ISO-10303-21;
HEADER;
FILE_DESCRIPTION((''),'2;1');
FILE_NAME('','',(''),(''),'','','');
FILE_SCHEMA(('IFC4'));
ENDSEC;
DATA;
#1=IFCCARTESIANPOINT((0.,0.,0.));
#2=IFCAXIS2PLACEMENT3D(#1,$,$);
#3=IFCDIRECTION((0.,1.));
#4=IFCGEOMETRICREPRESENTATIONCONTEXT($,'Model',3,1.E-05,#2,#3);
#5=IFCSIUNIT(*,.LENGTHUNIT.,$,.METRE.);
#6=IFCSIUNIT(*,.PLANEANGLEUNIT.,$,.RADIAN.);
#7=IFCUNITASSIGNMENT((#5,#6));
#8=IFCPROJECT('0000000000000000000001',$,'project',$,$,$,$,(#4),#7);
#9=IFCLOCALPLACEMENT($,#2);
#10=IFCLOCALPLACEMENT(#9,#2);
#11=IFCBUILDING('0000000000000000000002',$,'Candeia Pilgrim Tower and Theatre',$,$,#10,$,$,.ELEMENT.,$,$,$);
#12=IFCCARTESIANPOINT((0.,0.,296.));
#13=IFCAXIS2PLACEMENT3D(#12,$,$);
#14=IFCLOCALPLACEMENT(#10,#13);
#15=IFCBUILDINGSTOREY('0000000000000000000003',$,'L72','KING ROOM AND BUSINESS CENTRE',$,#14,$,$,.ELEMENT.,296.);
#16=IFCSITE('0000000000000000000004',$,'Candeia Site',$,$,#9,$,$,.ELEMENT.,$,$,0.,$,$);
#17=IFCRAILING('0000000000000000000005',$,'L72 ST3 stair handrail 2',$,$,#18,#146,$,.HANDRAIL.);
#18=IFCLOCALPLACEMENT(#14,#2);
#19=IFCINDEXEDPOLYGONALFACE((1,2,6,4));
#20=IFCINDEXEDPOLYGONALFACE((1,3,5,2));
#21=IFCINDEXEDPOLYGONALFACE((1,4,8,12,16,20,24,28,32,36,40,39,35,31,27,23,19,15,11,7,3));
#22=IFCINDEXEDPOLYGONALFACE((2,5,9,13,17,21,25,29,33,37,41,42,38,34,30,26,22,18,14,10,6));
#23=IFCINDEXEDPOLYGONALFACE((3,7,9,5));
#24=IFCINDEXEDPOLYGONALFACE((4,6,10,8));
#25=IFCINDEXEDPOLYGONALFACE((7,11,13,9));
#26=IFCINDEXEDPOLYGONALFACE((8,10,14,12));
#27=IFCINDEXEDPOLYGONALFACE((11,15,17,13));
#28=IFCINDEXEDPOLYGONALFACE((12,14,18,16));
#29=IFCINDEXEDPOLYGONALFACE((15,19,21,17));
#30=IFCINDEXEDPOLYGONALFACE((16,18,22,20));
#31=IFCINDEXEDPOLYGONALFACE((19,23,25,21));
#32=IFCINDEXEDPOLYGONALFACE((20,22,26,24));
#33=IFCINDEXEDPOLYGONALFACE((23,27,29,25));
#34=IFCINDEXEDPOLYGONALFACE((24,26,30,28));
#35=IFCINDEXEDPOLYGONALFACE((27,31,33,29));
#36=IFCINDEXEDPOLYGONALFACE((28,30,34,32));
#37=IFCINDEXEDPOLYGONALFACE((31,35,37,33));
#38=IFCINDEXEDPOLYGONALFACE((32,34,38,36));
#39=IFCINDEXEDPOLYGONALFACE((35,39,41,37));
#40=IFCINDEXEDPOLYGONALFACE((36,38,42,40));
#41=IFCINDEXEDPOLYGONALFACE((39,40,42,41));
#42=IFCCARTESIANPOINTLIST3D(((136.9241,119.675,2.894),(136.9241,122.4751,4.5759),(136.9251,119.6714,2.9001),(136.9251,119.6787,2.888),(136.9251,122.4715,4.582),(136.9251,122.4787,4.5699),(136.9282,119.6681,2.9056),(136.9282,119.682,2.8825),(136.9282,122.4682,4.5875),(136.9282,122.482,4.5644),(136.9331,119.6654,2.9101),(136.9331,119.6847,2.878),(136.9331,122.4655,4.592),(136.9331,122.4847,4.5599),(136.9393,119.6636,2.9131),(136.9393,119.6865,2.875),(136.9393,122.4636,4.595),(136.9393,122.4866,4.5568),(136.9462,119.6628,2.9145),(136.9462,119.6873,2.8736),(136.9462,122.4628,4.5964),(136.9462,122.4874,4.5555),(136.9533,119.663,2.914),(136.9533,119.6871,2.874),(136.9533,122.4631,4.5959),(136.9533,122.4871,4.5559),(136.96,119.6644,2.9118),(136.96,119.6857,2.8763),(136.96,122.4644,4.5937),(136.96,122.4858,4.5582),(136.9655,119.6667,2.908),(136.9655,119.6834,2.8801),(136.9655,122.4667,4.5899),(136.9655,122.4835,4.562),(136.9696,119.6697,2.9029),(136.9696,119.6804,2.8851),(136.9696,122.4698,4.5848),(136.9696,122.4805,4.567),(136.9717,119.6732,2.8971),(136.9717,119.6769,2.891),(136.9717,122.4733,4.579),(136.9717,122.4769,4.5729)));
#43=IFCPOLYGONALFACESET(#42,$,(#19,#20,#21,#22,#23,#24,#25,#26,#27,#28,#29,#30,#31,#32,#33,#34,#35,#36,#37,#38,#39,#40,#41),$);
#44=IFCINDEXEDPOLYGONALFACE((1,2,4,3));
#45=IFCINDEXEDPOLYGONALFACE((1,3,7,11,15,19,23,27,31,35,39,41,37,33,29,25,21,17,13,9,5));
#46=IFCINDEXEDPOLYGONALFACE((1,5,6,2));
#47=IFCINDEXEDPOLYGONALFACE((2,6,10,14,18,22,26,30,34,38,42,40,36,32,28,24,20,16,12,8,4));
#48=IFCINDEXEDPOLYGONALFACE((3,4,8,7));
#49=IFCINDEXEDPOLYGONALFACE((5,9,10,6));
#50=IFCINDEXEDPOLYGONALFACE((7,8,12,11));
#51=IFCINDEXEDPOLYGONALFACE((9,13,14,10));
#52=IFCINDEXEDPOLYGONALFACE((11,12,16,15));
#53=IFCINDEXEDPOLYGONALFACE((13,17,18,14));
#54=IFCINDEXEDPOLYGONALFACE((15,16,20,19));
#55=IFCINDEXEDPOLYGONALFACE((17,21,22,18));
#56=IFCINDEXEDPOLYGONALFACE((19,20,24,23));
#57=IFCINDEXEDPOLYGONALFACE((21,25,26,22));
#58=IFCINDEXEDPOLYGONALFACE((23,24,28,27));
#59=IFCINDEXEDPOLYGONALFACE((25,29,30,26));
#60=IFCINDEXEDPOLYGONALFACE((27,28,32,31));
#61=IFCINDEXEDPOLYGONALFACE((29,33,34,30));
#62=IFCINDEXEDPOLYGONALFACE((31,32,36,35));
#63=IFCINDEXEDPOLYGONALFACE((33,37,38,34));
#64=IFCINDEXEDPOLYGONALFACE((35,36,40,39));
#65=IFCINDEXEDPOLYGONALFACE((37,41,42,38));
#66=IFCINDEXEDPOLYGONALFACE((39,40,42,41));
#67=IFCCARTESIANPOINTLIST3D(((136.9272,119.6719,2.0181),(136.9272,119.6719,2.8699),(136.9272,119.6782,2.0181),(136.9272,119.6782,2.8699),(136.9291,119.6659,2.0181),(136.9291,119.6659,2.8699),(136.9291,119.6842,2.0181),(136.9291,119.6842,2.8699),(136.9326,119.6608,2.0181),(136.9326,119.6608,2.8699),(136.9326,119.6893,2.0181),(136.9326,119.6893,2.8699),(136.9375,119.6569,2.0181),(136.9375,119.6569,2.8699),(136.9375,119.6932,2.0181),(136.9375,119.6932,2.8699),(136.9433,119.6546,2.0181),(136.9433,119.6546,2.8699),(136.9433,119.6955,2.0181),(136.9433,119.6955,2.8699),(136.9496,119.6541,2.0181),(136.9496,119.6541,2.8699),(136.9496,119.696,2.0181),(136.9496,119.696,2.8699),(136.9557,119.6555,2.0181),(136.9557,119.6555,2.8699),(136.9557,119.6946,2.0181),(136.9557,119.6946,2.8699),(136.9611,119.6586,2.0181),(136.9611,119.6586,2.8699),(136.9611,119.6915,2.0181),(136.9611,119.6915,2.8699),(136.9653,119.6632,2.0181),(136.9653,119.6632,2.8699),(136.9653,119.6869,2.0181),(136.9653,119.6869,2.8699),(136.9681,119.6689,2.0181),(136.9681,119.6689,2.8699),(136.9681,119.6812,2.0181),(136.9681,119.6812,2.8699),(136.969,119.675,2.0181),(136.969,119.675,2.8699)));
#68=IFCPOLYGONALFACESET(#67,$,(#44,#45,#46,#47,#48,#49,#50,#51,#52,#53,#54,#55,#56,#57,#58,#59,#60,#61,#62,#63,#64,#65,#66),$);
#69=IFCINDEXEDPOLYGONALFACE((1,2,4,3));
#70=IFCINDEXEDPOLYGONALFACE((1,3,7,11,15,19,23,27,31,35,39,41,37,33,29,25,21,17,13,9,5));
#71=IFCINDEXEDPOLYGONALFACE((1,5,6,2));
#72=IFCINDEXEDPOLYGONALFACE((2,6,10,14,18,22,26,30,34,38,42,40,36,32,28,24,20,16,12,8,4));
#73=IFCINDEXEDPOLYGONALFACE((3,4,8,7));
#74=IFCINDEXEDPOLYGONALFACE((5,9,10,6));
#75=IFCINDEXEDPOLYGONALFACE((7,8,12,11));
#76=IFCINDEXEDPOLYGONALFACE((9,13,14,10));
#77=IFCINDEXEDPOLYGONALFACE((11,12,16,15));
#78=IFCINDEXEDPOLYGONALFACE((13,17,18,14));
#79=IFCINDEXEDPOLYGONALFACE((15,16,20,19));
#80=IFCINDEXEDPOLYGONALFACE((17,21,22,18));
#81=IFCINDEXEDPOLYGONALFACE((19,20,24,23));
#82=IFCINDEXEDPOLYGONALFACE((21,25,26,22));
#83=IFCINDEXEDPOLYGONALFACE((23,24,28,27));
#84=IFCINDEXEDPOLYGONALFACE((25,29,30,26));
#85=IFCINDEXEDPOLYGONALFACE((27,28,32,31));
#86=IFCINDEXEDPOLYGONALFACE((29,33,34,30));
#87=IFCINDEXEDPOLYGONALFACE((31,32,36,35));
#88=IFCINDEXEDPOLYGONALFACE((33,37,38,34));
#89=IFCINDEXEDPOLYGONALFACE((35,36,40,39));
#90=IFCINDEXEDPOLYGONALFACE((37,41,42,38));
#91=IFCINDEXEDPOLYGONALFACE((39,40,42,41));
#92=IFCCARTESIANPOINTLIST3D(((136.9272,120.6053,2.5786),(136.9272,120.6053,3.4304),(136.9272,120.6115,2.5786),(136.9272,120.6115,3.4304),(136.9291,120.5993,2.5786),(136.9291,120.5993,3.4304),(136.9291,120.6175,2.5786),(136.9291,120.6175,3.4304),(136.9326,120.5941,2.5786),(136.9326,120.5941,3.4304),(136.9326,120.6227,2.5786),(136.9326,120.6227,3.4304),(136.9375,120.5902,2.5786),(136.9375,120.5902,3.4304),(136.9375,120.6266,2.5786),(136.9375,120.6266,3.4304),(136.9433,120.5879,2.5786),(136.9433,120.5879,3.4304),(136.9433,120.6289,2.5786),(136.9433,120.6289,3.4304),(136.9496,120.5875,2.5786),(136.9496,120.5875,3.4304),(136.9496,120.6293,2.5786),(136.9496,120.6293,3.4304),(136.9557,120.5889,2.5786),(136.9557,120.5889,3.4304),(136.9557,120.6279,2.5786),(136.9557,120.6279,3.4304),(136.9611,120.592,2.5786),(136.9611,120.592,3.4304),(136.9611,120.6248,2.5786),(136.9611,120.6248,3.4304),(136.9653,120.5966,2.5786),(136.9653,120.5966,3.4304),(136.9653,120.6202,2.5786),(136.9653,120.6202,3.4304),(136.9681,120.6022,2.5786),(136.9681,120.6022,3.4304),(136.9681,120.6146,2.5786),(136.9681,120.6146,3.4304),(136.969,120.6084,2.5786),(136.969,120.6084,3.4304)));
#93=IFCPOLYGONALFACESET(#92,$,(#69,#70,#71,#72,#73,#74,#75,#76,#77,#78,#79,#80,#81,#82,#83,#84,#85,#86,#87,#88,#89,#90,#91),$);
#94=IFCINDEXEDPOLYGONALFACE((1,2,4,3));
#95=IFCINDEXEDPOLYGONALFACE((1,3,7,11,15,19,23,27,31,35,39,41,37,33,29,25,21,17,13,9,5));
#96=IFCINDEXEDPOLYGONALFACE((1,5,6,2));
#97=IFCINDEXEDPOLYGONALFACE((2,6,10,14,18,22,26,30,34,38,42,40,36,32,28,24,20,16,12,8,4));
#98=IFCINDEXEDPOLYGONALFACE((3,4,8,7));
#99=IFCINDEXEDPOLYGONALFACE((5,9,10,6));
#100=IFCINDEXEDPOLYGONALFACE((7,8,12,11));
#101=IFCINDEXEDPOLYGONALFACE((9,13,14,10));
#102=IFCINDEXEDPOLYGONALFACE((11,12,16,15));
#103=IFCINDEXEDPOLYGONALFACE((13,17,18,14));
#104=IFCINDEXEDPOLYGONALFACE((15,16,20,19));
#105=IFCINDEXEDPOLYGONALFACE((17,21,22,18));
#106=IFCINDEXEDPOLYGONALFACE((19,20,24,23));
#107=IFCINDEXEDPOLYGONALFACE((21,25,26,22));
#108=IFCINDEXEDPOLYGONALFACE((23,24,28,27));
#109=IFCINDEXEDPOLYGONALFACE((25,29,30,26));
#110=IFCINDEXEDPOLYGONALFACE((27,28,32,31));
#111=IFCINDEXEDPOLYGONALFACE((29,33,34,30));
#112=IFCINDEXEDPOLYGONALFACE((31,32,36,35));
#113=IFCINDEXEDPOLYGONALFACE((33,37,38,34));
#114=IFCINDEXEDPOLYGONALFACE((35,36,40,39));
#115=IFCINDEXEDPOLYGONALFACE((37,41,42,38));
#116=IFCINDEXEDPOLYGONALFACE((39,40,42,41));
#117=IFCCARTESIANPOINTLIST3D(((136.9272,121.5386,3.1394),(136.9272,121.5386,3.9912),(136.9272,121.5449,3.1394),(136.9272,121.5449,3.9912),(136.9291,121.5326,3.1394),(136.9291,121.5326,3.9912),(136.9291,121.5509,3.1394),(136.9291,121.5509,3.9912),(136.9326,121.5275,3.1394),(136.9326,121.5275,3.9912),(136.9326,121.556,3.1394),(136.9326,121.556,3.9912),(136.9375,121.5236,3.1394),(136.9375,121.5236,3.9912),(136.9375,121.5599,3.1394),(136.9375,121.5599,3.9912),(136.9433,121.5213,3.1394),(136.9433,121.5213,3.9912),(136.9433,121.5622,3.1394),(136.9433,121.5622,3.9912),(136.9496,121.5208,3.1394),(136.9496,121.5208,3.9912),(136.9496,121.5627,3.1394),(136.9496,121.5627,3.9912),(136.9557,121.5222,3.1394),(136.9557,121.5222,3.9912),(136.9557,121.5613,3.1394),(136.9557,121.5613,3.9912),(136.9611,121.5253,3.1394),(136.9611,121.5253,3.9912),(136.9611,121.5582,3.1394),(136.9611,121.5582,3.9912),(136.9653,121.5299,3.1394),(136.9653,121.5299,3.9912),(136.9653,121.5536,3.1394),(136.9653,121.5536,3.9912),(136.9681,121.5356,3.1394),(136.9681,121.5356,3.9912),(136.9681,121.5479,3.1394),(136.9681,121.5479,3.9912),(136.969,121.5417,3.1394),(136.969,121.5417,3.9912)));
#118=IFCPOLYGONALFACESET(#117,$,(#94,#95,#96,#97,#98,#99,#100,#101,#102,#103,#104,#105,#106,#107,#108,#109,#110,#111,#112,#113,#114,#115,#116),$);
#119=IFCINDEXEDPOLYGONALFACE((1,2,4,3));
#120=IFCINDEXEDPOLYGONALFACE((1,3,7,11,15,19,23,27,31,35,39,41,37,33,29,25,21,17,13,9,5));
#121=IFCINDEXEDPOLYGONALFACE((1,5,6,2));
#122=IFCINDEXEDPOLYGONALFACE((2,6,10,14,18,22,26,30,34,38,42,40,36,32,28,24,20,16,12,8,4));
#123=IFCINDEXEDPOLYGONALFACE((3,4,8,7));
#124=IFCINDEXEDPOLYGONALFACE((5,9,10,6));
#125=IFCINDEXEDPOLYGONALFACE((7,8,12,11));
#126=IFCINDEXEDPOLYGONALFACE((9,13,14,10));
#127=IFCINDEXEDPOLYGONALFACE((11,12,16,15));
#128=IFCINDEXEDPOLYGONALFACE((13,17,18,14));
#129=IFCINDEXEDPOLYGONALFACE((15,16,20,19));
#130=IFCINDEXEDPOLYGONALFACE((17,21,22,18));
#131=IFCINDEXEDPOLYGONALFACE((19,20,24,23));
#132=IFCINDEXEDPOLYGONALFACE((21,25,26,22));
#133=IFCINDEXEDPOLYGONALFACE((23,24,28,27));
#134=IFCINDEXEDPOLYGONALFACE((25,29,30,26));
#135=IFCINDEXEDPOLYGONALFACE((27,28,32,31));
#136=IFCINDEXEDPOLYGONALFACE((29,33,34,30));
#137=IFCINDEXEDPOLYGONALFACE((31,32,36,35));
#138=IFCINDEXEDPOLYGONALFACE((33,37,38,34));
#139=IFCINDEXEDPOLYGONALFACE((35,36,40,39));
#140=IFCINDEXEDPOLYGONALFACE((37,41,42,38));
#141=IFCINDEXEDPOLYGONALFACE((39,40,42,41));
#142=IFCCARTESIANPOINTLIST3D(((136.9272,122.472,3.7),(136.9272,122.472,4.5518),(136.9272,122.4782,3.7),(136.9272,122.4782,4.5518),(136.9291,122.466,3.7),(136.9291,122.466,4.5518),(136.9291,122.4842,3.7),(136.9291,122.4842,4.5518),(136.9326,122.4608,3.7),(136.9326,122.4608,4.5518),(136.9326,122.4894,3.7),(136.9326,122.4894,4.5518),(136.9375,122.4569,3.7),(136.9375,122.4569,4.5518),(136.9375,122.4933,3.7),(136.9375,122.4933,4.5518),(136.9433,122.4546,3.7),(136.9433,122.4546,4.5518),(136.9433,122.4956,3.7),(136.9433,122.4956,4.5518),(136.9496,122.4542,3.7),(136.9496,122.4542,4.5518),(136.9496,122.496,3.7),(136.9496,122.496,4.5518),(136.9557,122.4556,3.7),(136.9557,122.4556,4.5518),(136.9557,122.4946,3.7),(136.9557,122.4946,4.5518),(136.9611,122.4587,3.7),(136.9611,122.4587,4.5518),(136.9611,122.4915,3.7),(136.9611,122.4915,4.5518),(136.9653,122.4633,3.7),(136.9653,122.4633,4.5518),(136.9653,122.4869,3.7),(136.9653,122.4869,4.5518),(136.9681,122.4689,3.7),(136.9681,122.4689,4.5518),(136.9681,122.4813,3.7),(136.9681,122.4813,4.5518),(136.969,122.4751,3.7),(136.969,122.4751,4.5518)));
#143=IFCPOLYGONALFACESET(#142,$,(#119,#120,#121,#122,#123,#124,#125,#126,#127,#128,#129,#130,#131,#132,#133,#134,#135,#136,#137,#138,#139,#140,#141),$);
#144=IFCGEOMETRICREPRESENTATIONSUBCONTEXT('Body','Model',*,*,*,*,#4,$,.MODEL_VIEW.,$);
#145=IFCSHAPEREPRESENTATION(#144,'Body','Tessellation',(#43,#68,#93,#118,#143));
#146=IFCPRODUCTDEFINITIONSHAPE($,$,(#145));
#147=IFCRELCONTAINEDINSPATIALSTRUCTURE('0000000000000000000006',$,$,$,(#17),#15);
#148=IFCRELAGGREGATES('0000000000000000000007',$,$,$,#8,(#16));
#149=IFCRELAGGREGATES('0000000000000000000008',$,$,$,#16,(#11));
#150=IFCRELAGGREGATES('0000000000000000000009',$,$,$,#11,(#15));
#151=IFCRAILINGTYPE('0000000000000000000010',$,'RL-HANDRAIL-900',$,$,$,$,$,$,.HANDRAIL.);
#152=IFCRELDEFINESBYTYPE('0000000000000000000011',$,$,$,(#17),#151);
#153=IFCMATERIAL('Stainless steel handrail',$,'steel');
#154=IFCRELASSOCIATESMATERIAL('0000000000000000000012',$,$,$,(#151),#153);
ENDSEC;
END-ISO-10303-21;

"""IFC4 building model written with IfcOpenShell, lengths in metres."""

from ifc_helpers import new_model, si_unit, direction, frame, origin, origin_2d, place, context, subcontext, project, spatial, circle, extrude, material, type_object, element, save


model = new_model("IFC4")

# Units and contexts
model_context = context("Model", 3, precision=1e-05, world=origin(), true_north=direction((0.0, 1.0)))
body_context = subcontext(model_context, "Body", "Model", "MODEL_VIEW")
ifc_project = project(units=[si_unit("LENGTHUNIT", "METRE"), si_unit("PLANEANGLEUNIT", "RADIAN")], contexts=[model_context])

# Site, building, storey
site_placement = place(None, origin())
site = spatial("IfcSite", under=ifc_project, at=site_placement, Name="Candeia Site", CompositionType="ELEMENT", RefElevation=0.0)
building_placement = place(site_placement, origin())
building = spatial("IfcBuilding", under=site, at=building_placement, Name="Candeia Pilgrim Tower and Theatre", CompositionType="ELEMENT")
storey_placement = place(building_placement, frame((0.0, 0.0, 296.0)))
storey = spatial("IfcBuildingStorey", under=building, at=storey_placement, Name="L72", Description="KING ROOM AND BUSINESS CENTRE", CompositionType="ELEMENT", Elevation=296.0)

# Railing
ifc_material_1 = material(Name="Stainless steel handrail", Category="steel")
railing_type_1 = type_object("IfcRailingType", Name="RL-HANDRAIL-900", PredefinedType="HANDRAIL", material=ifc_material_1)
for number, where, name in (
    (1, (136.948, 119.675, 2.0181), "L72 ST3 stair handrail 2"),
):
    element("IfcRailing", number, at=place(storey_placement, frame(where)), inside=storey, type_object=railing_type_1, Name=name, PredefinedType="HANDRAIL", context=body_context, shape_type="SweptSolid", body=[
        extrude(circle(Radius=0.0239, at=origin_2d()), frame((0.0, 0.0, 0.876), z_axis=(0.0, 0.857242, 0.514913), x_axis=(-1.0, 0.0, 0.0)), (0.0, 0.0, 1.0), 3.2664),
        extrude(circle(Radius=0.021, at=origin_2d()), origin(), (0.0, 0.0, 1.0), 0.8518),
        extrude(circle(Radius=0.021, at=origin_2d()), frame((0.0, 0.9333, 0.5605)), (0.0, 0.0, 1.0), 0.8518),
        extrude(circle(Radius=0.021, at=origin_2d()), frame((0.0, 1.8667, 1.1213)), (0.0, 0.0, 1.0), 0.8518),
        extrude(circle(Radius=0.021, at=origin_2d()), frame((0.0, 2.8, 1.6819)), (0.0, 0.0, 1.0), 0.8518),
    ])

save(model, "model.ifc")
